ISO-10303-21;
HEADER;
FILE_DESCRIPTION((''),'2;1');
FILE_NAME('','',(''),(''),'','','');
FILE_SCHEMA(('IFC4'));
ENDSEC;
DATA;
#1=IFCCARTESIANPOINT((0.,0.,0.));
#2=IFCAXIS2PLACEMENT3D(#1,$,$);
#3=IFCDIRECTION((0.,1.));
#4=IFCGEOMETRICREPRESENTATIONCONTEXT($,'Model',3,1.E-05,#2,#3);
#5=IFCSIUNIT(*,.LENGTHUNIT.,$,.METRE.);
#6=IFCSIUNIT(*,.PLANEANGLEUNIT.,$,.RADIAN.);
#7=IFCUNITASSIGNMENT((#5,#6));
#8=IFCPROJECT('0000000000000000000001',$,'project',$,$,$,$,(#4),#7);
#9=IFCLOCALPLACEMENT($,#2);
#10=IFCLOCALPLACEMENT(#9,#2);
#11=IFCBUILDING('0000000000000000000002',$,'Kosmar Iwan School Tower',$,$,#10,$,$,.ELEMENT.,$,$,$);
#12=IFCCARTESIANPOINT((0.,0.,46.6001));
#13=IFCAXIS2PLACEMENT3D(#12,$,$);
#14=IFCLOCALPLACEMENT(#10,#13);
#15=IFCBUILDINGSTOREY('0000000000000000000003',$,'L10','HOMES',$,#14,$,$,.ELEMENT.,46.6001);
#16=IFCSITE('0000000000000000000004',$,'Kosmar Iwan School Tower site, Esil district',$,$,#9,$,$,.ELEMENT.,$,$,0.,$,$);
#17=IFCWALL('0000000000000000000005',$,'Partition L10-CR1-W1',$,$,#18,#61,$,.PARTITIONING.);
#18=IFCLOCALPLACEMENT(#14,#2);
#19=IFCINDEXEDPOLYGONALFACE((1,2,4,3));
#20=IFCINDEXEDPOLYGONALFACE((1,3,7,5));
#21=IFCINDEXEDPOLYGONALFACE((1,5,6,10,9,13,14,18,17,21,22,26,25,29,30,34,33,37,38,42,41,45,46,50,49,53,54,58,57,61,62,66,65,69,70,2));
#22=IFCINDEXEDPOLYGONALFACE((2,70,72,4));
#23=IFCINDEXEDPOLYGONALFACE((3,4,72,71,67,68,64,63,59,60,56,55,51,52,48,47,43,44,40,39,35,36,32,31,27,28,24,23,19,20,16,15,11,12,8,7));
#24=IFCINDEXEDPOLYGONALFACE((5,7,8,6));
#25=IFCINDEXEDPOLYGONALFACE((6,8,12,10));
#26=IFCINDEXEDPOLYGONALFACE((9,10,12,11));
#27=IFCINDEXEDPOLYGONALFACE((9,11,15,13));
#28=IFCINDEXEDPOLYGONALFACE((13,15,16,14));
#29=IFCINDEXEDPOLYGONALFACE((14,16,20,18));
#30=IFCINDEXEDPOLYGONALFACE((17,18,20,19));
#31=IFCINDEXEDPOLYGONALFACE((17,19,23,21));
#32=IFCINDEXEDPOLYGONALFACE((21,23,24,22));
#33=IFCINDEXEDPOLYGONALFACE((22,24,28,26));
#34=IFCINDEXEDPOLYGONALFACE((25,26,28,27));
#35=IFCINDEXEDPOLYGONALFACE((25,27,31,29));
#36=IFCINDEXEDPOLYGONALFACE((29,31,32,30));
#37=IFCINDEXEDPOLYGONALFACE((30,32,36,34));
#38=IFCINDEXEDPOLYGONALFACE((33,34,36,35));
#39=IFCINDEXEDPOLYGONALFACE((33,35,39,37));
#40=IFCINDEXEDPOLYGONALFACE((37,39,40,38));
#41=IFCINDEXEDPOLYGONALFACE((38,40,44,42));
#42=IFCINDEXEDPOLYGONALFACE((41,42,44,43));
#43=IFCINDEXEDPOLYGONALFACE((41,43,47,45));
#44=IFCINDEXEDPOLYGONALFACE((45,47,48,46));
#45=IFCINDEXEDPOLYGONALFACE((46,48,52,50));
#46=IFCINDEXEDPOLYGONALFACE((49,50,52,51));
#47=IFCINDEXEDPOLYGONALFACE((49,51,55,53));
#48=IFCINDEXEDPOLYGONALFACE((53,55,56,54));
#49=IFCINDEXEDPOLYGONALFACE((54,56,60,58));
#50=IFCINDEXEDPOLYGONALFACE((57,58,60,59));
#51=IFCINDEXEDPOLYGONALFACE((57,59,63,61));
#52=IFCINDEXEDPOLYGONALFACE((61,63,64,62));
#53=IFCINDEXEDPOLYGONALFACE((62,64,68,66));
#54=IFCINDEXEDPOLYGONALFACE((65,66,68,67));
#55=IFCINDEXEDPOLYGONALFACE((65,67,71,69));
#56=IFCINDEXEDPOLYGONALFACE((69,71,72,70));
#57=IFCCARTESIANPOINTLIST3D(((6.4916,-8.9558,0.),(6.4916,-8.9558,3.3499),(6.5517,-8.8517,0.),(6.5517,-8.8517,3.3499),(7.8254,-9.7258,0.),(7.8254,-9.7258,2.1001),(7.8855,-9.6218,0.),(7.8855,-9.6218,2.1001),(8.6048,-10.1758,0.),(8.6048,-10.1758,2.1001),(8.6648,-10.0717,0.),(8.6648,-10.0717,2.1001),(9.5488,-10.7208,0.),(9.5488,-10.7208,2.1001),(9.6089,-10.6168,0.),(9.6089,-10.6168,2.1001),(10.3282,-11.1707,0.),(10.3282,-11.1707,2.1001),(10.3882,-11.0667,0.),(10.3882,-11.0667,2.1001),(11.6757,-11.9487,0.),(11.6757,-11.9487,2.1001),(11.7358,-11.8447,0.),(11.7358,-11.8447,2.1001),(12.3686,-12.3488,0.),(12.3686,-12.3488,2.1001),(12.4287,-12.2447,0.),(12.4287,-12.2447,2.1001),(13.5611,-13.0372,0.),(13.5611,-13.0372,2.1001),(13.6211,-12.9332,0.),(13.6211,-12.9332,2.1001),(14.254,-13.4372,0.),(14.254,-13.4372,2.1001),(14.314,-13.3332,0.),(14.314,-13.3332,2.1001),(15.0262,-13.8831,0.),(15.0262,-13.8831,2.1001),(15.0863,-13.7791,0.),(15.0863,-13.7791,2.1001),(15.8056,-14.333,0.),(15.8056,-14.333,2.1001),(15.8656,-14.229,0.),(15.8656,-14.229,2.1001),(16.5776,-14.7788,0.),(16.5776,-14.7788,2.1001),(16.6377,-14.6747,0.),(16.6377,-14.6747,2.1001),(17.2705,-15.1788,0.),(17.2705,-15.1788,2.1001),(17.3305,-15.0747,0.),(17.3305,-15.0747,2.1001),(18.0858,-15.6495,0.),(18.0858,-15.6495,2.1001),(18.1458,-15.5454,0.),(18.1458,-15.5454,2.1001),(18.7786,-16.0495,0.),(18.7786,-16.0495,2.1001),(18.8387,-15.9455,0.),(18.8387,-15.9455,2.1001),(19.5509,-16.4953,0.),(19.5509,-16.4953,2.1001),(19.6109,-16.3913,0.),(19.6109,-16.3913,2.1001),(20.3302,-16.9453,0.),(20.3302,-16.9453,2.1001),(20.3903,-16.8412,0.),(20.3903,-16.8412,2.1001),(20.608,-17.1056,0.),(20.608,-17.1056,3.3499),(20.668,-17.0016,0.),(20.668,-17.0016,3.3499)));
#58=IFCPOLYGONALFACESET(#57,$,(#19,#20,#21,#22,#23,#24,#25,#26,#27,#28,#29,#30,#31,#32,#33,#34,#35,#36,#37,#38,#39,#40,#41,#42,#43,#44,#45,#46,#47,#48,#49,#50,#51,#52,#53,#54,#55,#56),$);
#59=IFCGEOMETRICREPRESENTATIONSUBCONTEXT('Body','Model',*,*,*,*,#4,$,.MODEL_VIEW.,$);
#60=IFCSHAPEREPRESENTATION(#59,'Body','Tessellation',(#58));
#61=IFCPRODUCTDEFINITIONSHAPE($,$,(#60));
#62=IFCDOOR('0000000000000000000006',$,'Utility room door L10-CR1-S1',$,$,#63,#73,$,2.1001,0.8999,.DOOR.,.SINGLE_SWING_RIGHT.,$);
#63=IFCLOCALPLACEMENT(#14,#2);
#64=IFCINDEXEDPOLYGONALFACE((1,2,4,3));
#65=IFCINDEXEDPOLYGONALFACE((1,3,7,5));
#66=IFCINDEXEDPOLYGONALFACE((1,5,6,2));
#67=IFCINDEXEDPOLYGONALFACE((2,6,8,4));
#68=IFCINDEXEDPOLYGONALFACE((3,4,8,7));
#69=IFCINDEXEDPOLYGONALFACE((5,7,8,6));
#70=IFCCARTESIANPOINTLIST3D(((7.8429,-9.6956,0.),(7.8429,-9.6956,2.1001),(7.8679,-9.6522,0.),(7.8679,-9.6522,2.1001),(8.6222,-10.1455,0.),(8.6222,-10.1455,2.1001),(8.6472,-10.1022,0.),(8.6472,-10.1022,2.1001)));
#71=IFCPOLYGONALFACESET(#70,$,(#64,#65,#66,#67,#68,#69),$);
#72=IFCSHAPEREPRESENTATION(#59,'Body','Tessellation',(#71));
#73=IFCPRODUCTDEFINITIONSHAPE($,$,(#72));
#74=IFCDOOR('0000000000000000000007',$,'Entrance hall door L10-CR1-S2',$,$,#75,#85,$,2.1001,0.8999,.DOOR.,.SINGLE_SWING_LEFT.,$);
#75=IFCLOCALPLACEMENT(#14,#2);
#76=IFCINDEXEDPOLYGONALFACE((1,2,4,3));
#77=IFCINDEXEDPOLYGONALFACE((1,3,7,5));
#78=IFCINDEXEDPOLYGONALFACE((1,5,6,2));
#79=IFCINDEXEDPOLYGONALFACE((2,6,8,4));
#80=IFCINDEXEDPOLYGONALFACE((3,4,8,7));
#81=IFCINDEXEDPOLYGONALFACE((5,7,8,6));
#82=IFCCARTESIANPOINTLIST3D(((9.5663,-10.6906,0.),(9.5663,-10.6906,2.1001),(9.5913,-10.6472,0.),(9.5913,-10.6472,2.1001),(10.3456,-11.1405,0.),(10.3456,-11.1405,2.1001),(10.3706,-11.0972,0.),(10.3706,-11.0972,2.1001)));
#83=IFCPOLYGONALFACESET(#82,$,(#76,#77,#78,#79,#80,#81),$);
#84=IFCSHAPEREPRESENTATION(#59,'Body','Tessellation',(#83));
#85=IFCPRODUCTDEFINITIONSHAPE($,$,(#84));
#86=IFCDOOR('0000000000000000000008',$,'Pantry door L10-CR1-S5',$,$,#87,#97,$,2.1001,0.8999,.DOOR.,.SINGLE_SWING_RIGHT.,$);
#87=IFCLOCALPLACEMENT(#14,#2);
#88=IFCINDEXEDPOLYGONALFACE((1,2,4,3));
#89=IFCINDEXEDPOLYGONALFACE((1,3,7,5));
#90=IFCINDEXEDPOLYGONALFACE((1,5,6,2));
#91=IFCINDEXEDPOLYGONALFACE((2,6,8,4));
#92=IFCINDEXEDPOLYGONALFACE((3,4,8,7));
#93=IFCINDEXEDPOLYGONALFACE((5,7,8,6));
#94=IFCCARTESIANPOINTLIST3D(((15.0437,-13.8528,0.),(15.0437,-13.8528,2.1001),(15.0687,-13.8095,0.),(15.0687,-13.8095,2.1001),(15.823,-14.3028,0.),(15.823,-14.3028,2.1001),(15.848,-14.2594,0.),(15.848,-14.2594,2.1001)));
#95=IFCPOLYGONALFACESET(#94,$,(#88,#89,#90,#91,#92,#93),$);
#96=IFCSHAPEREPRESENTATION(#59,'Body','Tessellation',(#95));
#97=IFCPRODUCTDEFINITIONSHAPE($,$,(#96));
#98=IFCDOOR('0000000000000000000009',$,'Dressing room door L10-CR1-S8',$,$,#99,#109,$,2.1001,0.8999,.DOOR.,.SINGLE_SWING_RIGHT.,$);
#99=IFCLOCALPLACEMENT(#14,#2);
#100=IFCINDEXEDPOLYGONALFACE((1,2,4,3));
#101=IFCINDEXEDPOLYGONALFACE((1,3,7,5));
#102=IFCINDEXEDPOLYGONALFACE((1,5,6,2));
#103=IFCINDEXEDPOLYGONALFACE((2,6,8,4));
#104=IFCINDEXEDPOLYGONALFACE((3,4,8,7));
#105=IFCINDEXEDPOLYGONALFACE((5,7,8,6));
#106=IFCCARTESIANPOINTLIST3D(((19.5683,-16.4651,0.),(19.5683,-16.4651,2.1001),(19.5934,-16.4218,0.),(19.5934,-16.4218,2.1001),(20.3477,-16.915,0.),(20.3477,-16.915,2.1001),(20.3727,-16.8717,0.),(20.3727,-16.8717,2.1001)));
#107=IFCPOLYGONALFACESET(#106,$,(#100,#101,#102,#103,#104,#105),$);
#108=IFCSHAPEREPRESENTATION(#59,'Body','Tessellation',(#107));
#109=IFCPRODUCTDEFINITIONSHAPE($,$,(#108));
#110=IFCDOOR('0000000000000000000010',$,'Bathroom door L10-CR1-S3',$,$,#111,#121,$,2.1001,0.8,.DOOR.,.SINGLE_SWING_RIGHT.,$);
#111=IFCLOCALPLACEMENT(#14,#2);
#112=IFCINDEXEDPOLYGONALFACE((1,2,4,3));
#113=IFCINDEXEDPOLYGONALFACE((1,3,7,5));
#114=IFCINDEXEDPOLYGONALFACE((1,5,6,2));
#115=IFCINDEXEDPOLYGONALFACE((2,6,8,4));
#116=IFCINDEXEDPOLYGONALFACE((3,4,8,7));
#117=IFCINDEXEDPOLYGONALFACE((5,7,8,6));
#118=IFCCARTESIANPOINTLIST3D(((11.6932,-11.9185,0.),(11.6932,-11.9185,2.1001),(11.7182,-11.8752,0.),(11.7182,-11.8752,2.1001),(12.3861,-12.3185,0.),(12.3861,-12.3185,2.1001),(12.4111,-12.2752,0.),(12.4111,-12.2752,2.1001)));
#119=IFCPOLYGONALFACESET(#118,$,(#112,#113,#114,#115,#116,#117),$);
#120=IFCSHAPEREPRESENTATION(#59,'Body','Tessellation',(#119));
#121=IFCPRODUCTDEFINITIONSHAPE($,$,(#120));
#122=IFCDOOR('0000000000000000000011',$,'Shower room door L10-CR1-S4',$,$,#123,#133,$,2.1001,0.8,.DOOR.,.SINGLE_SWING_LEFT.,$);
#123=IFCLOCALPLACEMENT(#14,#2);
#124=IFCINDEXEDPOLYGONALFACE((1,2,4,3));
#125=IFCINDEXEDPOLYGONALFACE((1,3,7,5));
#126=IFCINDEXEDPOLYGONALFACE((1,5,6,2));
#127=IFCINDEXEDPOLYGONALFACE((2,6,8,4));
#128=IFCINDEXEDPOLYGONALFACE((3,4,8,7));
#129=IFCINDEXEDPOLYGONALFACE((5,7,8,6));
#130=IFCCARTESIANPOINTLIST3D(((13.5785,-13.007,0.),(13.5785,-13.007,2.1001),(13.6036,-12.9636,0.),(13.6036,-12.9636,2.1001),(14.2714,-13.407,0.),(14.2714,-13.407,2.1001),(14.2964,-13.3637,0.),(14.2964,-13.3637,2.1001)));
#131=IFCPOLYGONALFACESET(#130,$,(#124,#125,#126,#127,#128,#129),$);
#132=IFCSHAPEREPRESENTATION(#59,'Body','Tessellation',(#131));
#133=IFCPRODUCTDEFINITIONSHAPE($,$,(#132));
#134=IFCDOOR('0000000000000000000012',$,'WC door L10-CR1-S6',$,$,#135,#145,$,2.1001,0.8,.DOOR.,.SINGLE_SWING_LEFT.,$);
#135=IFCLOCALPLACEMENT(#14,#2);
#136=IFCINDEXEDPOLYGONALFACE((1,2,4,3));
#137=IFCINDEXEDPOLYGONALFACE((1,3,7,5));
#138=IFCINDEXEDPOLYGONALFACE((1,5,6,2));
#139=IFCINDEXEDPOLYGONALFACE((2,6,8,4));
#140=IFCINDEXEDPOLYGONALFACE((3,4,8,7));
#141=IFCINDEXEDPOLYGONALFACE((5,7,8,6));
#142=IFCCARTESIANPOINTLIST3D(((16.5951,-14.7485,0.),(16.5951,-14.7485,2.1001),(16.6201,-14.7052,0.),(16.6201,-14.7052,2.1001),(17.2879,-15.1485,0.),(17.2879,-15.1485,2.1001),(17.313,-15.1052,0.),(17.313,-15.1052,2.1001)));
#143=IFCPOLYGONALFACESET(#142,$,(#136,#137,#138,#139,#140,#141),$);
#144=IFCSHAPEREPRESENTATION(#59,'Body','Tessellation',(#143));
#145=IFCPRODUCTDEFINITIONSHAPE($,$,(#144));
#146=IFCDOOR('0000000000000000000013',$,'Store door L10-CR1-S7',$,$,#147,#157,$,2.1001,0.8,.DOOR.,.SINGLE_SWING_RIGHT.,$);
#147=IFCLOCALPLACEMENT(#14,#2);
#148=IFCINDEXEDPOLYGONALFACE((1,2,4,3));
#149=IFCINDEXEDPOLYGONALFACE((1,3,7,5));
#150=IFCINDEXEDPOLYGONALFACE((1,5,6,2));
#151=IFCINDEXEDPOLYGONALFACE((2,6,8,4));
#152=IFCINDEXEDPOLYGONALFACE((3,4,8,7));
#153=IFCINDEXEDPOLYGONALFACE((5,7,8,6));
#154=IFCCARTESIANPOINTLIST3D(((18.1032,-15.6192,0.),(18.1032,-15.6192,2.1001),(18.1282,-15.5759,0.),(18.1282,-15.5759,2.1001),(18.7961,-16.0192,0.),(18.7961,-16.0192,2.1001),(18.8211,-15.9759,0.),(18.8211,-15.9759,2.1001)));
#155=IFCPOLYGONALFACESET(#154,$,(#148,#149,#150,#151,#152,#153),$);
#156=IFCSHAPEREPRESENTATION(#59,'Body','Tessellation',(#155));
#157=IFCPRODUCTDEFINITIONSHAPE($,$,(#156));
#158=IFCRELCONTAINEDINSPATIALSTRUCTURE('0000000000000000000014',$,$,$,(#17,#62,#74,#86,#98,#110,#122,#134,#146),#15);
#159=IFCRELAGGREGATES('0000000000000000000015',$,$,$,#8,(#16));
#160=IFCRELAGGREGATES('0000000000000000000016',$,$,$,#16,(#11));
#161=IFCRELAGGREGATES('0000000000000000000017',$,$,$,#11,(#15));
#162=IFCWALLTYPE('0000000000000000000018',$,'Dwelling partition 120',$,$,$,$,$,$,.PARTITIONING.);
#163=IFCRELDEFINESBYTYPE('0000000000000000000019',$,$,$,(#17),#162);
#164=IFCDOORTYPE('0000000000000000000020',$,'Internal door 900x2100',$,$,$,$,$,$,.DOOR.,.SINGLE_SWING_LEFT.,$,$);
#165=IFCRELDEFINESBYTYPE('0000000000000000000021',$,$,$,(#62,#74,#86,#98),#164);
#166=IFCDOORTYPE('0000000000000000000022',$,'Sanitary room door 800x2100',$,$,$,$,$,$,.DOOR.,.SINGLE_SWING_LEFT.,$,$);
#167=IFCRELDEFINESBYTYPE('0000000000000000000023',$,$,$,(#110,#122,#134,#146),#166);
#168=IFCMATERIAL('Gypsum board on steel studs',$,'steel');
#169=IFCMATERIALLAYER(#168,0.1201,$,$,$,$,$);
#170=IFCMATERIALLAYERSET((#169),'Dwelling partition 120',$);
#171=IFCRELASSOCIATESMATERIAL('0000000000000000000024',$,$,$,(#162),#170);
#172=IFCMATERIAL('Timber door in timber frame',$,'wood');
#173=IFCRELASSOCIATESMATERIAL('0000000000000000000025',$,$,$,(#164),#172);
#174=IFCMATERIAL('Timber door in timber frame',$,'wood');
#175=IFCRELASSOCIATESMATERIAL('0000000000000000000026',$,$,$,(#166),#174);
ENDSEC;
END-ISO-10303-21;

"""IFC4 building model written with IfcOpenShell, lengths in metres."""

from ifc_helpers import new_model, si_unit, direction, frame, frame_2d, origin, place, context, subcontext, project, spatial, rectangle, extrude, material, layer, layer_set, type_object, element, fill, save


model = new_model("IFC4")

# Units and contexts
model_context = context("Model", 3, precision=1e-05, world=origin(), true_north=direction((0.0, 1.0)))
body_context = subcontext(model_context, "Body", "Model", "MODEL_VIEW")
ifc_project = project(units=[si_unit("LENGTHUNIT", "METRE"), si_unit("PLANEANGLEUNIT", "RADIAN")], contexts=[model_context])

# Site, building, storey
site_placement = place(None, origin())
site = spatial("IfcSite", under=ifc_project, at=site_placement, Name="Kosmar Iwan School Tower site, Esil district", CompositionType="ELEMENT", RefElevation=0.0)
building_placement = place(site_placement, origin())
building = spatial("IfcBuilding", under=site, at=building_placement, Name="Kosmar Iwan School Tower", CompositionType="ELEMENT")
storey_placement = place(building_placement, frame((0.0, 0.0, 46.6001)))
storey = spatial("IfcBuildingStorey", under=building, at=storey_placement, Name="L10", Description="HOMES", CompositionType="ELEMENT", Elevation=46.6001)

# Wall, openings, doors
ifc_material_1 = material(Name="Gypsum board on steel studs", Category="steel")
ifc_layer_1 = layer(ifc_material_1, 0.1201)
ifc_layer_set_1 = layer_set([ifc_layer_1], Name="Dwelling partition 120")
wall_type_1 = type_object("IfcWallType", Name="Dwelling partition 120", PredefinedType="PARTITIONING", material=ifc_layer_set_1)
wall_1_placement = place(storey_placement, frame((6.5217, -8.9038, 0.0), z_axis=(0.0, 0.0, 1.0), x_axis=(0.866032, -0.499989, 0.0)))
wall_1 = element("IfcWall", 1, at=wall_1_placement, inside=storey, type_object=wall_type_1, Name="Partition L10-CR1-W1", PredefinedType="PARTITIONING", context=body_context, shape_type="SweptSolid", body=[
    extrude(rectangle(XDim=16.3, YDim=0.1201, at=frame_2d((8.1499, 0.0))), origin(), (0.0, 0.0, 1.0), 3.3499),
])
opening_1_placement = place(wall_1_placement, frame((1.54, 0.0, 0.0)))
opening_1 = element("IfcOpeningElement", 2, at=opening_1_placement, cuts=wall_1, PredefinedType="OPENING", context=body_context, shape_type="SweptSolid", body=[
    extrude(rectangle(XDim=0.8999, YDim=2.1001, at=frame_2d((0.45, 1.05))), frame((0.0, 0.072, 0.0), z_axis=(0.0, -1.0, 0.0), x_axis=(1.0, 0.0, 0.0)), (0.0, 0.0, 1.0), 0.144),
])
opening_2_placement = place(wall_1_placement, frame((3.53, 0.0, 0.0)))
opening_2 = element("IfcOpeningElement", 3, at=opening_2_placement, cuts=wall_1, PredefinedType="OPENING", context=body_context, shape_type="SweptSolid", body=[
    extrude(rectangle(XDim=0.8999, YDim=2.1001, at=frame_2d((0.45, 1.05))), frame((0.0, 0.072, 0.0), z_axis=(0.0, -1.0, 0.0), x_axis=(1.0, 0.0, 0.0)), (0.0, 0.0, 1.0), 0.144),
])
opening_3_placement = place(wall_1_placement, frame((5.9861, 0.0, 0.0)))
opening_3 = element("IfcOpeningElement", 4, at=opening_3_placement, cuts=wall_1, PredefinedType="OPENING", context=body_context, shape_type="SweptSolid", body=[
    extrude(rectangle(XDim=0.8, YDim=2.1001, at=frame_2d((0.3999, 1.05))), frame((0.0, 0.072, 0.0), z_axis=(0.0, -1.0, 0.0), x_axis=(1.0, 0.0, 0.0)), (0.0, 0.0, 1.0), 0.144),
])
opening_4_placement = place(wall_1_placement, frame((8.1631, 0.0, 0.0)))
opening_4 = element("IfcOpeningElement", 5, at=opening_4_placement, cuts=wall_1, PredefinedType="OPENING", context=body_context, shape_type="SweptSolid", body=[
    extrude(rectangle(XDim=0.8, YDim=2.1001, at=frame_2d((0.3999, 1.05))), frame((0.0, 0.072, 0.0), z_axis=(0.0, -1.0, 0.0), x_axis=(1.0, 0.0, 0.0)), (0.0, 0.0, 1.0), 0.144),
])
opening_5_placement = place(wall_1_placement, frame((9.8547, 0.0, 0.0)))
opening_5 = element("IfcOpeningElement", 6, at=opening_5_placement, cuts=wall_1, PredefinedType="OPENING", context=body_context, shape_type="SweptSolid", body=[
    extrude(rectangle(XDim=0.8999, YDim=2.1001, at=frame_2d((0.45, 1.05))), frame((0.0, 0.072, 0.0), z_axis=(0.0, -1.0, 0.0), x_axis=(1.0, 0.0, 0.0)), (0.0, 0.0, 1.0), 0.144),
])
opening_6_placement = place(wall_1_placement, frame((11.6462, 0.0, 0.0)))
opening_6 = element("IfcOpeningElement", 7, at=opening_6_placement, cuts=wall_1, PredefinedType="OPENING", context=body_context, shape_type="SweptSolid", body=[
    extrude(rectangle(XDim=0.8, YDim=2.1001, at=frame_2d((0.3999, 1.05))), frame((0.0, 0.072, 0.0), z_axis=(0.0, -1.0, 0.0), x_axis=(1.0, 0.0, 0.0)), (0.0, 0.0, 1.0), 0.144),
])
opening_7_placement = place(wall_1_placement, frame((13.3877, 0.0, 0.0)))
opening_7 = element("IfcOpeningElement", 8, at=opening_7_placement, cuts=wall_1, PredefinedType="OPENING", context=body_context, shape_type="SweptSolid", body=[
    extrude(rectangle(XDim=0.8, YDim=2.1001, at=frame_2d((0.3999, 1.05))), frame((0.0, 0.072, 0.0), z_axis=(0.0, -1.0, 0.0), x_axis=(1.0, 0.0, 0.0)), (0.0, 0.0, 1.0), 0.144),
])
opening_8_placement = place(wall_1_placement, frame((15.0793, 0.0, 0.0)))
opening_8 = element("IfcOpeningElement", 9, at=opening_8_placement, cuts=wall_1, PredefinedType="OPENING", context=body_context, shape_type="SweptSolid", body=[
    extrude(rectangle(XDim=0.8999, YDim=2.1001, at=frame_2d((0.45, 1.05))), frame((0.0, 0.072, 0.0), z_axis=(0.0, -1.0, 0.0), x_axis=(1.0, 0.0, 0.0)), (0.0, 0.0, 1.0), 0.144),
])
ifc_material_2 = material(Name="Timber door in timber frame", Category="wood")
door_type_1 = type_object("IfcDoorType", Name="Internal door 900x2100", OperationType="SINGLE_SWING_LEFT", PredefinedType="DOOR", material=ifc_material_2)
door_1_placement = place(opening_1_placement, origin())
door_1 = element("IfcDoor", 10, at=door_1_placement, inside=storey, type_object=door_type_1, Name="Utility room door L10-CR1-S1", OperationType="SINGLE_SWING_RIGHT", OverallHeight=2.1001, OverallWidth=0.8999, PredefinedType="DOOR", context=body_context, shape_type="SweptSolid", body=[
    extrude(rectangle(XDim=0.8999, YDim=2.1001, at=frame_2d((0.45, 1.05))), frame((0.0, 0.0249, 0.0), z_axis=(0.0, -1.0, 0.0), x_axis=(1.0, 0.0, 0.0)), (0.0, 0.0, 1.0), 0.05),
])
fill(opening_1, door_1)
door_2_placement = place(opening_2_placement, origin())
door_2 = element("IfcDoor", 11, at=door_2_placement, inside=storey, type_object=door_type_1, Name="Entrance hall door L10-CR1-S2", OperationType="SINGLE_SWING_LEFT", OverallHeight=2.1001, OverallWidth=0.8999, PredefinedType="DOOR", context=body_context, shape_type="SweptSolid", body=[
    extrude(rectangle(XDim=0.8999, YDim=2.1001, at=frame_2d((0.45, 1.05))), frame((0.0, 0.0249, 0.0), z_axis=(0.0, -1.0, 0.0), x_axis=(1.0, 0.0, 0.0)), (0.0, 0.0, 1.0), 0.05),
])
fill(opening_2, door_2)
door_3_placement = place(opening_5_placement, origin())
door_3 = element("IfcDoor", 12, at=door_3_placement, inside=storey, type_object=door_type_1, Name="Pantry door L10-CR1-S5", OperationType="SINGLE_SWING_RIGHT", OverallHeight=2.1001, OverallWidth=0.8999, PredefinedType="DOOR", context=body_context, shape_type="SweptSolid", body=[
    extrude(rectangle(XDim=0.8999, YDim=2.1001, at=frame_2d((0.45, 1.05))), frame((0.0, 0.0249, 0.0), z_axis=(0.0, -1.0, 0.0), x_axis=(1.0, 0.0, 0.0)), (0.0, 0.0, 1.0), 0.05),
])
fill(opening_5, door_3)
door_4_placement = place(opening_8_placement, origin())
door_4 = element("IfcDoor", 13, at=door_4_placement, inside=storey, type_object=door_type_1, Name="Dressing room door L10-CR1-S8", OperationType="SINGLE_SWING_RIGHT", OverallHeight=2.1001, OverallWidth=0.8999, PredefinedType="DOOR", context=body_context, shape_type="SweptSolid", body=[
    extrude(rectangle(XDim=0.8999, YDim=2.1001, at=frame_2d((0.45, 1.05))), frame((0.0, 0.0249, 0.0), z_axis=(0.0, -1.0, 0.0), x_axis=(1.0, 0.0, 0.0)), (0.0, 0.0, 1.0), 0.05),
])
fill(opening_8, door_4)
ifc_material_3 = material(Name="Timber door in timber frame", Category="wood")
door_type_2 = type_object("IfcDoorType", Name="Sanitary room door 800x2100", OperationType="SINGLE_SWING_LEFT", PredefinedType="DOOR", material=ifc_material_3)
door_5_placement = place(opening_3_placement, origin())
door_5 = element("IfcDoor", 14, at=door_5_placement, inside=storey, type_object=door_type_2, Name="Bathroom door L10-CR1-S3", OperationType="SINGLE_SWING_RIGHT", OverallHeight=2.1001, OverallWidth=0.8, PredefinedType="DOOR", context=body_context, shape_type="SweptSolid", body=[
    extrude(rectangle(XDim=0.8, YDim=2.1001, at=frame_2d((0.3999, 1.05))), frame((0.0, 0.0249, 0.0), z_axis=(0.0, -1.0, 0.0), x_axis=(1.0, 0.0, 0.0)), (0.0, 0.0, 1.0), 0.05),
])
fill(opening_3, door_5)
door_6_placement = place(opening_4_placement, origin())
door_6 = element("IfcDoor", 15, at=door_6_placement, inside=storey, type_object=door_type_2, Name="Shower room door L10-CR1-S4", OperationType="SINGLE_SWING_LEFT", OverallHeight=2.1001, OverallWidth=0.8, PredefinedType="DOOR", context=body_context, shape_type="SweptSolid", body=[
    extrude(rectangle(XDim=0.8, YDim=2.1001, at=frame_2d((0.3999, 1.05))), frame((0.0, 0.0249, 0.0), z_axis=(0.0, -1.0, 0.0), x_axis=(1.0, 0.0, 0.0)), (0.0, 0.0, 1.0), 0.05),
])
fill(opening_4, door_6)
door_7_placement = place(opening_6_placement, origin())
door_7 = element("IfcDoor", 16, at=door_7_placement, inside=storey, type_object=door_type_2, Name="WC door L10-CR1-S6", OperationType="SINGLE_SWING_LEFT", OverallHeight=2.1001, OverallWidth=0.8, PredefinedType="DOOR", context=body_context, shape_type="SweptSolid", body=[
    extrude(rectangle(XDim=0.8, YDim=2.1001, at=frame_2d((0.3999, 1.05))), frame((0.0, 0.0249, 0.0), z_axis=(0.0, -1.0, 0.0), x_axis=(1.0, 0.0, 0.0)), (0.0, 0.0, 1.0), 0.05),
])
fill(opening_6, door_7)
door_8_placement = place(opening_7_placement, origin())
door_8 = element("IfcDoor", 17, at=door_8_placement, inside=storey, type_object=door_type_2, Name="Store door L10-CR1-S7", OperationType="SINGLE_SWING_RIGHT", OverallHeight=2.1001, OverallWidth=0.8, PredefinedType="DOOR", context=body_context, shape_type="SweptSolid", body=[
    extrude(rectangle(XDim=0.8, YDim=2.1001, at=frame_2d((0.3999, 1.05))), frame((0.0, 0.0249, 0.0), z_axis=(0.0, -1.0, 0.0), x_axis=(1.0, 0.0, 0.0)), (0.0, 0.0, 1.0), 0.05),
])
fill(opening_7, door_8)

save(model, "model.ifc")
